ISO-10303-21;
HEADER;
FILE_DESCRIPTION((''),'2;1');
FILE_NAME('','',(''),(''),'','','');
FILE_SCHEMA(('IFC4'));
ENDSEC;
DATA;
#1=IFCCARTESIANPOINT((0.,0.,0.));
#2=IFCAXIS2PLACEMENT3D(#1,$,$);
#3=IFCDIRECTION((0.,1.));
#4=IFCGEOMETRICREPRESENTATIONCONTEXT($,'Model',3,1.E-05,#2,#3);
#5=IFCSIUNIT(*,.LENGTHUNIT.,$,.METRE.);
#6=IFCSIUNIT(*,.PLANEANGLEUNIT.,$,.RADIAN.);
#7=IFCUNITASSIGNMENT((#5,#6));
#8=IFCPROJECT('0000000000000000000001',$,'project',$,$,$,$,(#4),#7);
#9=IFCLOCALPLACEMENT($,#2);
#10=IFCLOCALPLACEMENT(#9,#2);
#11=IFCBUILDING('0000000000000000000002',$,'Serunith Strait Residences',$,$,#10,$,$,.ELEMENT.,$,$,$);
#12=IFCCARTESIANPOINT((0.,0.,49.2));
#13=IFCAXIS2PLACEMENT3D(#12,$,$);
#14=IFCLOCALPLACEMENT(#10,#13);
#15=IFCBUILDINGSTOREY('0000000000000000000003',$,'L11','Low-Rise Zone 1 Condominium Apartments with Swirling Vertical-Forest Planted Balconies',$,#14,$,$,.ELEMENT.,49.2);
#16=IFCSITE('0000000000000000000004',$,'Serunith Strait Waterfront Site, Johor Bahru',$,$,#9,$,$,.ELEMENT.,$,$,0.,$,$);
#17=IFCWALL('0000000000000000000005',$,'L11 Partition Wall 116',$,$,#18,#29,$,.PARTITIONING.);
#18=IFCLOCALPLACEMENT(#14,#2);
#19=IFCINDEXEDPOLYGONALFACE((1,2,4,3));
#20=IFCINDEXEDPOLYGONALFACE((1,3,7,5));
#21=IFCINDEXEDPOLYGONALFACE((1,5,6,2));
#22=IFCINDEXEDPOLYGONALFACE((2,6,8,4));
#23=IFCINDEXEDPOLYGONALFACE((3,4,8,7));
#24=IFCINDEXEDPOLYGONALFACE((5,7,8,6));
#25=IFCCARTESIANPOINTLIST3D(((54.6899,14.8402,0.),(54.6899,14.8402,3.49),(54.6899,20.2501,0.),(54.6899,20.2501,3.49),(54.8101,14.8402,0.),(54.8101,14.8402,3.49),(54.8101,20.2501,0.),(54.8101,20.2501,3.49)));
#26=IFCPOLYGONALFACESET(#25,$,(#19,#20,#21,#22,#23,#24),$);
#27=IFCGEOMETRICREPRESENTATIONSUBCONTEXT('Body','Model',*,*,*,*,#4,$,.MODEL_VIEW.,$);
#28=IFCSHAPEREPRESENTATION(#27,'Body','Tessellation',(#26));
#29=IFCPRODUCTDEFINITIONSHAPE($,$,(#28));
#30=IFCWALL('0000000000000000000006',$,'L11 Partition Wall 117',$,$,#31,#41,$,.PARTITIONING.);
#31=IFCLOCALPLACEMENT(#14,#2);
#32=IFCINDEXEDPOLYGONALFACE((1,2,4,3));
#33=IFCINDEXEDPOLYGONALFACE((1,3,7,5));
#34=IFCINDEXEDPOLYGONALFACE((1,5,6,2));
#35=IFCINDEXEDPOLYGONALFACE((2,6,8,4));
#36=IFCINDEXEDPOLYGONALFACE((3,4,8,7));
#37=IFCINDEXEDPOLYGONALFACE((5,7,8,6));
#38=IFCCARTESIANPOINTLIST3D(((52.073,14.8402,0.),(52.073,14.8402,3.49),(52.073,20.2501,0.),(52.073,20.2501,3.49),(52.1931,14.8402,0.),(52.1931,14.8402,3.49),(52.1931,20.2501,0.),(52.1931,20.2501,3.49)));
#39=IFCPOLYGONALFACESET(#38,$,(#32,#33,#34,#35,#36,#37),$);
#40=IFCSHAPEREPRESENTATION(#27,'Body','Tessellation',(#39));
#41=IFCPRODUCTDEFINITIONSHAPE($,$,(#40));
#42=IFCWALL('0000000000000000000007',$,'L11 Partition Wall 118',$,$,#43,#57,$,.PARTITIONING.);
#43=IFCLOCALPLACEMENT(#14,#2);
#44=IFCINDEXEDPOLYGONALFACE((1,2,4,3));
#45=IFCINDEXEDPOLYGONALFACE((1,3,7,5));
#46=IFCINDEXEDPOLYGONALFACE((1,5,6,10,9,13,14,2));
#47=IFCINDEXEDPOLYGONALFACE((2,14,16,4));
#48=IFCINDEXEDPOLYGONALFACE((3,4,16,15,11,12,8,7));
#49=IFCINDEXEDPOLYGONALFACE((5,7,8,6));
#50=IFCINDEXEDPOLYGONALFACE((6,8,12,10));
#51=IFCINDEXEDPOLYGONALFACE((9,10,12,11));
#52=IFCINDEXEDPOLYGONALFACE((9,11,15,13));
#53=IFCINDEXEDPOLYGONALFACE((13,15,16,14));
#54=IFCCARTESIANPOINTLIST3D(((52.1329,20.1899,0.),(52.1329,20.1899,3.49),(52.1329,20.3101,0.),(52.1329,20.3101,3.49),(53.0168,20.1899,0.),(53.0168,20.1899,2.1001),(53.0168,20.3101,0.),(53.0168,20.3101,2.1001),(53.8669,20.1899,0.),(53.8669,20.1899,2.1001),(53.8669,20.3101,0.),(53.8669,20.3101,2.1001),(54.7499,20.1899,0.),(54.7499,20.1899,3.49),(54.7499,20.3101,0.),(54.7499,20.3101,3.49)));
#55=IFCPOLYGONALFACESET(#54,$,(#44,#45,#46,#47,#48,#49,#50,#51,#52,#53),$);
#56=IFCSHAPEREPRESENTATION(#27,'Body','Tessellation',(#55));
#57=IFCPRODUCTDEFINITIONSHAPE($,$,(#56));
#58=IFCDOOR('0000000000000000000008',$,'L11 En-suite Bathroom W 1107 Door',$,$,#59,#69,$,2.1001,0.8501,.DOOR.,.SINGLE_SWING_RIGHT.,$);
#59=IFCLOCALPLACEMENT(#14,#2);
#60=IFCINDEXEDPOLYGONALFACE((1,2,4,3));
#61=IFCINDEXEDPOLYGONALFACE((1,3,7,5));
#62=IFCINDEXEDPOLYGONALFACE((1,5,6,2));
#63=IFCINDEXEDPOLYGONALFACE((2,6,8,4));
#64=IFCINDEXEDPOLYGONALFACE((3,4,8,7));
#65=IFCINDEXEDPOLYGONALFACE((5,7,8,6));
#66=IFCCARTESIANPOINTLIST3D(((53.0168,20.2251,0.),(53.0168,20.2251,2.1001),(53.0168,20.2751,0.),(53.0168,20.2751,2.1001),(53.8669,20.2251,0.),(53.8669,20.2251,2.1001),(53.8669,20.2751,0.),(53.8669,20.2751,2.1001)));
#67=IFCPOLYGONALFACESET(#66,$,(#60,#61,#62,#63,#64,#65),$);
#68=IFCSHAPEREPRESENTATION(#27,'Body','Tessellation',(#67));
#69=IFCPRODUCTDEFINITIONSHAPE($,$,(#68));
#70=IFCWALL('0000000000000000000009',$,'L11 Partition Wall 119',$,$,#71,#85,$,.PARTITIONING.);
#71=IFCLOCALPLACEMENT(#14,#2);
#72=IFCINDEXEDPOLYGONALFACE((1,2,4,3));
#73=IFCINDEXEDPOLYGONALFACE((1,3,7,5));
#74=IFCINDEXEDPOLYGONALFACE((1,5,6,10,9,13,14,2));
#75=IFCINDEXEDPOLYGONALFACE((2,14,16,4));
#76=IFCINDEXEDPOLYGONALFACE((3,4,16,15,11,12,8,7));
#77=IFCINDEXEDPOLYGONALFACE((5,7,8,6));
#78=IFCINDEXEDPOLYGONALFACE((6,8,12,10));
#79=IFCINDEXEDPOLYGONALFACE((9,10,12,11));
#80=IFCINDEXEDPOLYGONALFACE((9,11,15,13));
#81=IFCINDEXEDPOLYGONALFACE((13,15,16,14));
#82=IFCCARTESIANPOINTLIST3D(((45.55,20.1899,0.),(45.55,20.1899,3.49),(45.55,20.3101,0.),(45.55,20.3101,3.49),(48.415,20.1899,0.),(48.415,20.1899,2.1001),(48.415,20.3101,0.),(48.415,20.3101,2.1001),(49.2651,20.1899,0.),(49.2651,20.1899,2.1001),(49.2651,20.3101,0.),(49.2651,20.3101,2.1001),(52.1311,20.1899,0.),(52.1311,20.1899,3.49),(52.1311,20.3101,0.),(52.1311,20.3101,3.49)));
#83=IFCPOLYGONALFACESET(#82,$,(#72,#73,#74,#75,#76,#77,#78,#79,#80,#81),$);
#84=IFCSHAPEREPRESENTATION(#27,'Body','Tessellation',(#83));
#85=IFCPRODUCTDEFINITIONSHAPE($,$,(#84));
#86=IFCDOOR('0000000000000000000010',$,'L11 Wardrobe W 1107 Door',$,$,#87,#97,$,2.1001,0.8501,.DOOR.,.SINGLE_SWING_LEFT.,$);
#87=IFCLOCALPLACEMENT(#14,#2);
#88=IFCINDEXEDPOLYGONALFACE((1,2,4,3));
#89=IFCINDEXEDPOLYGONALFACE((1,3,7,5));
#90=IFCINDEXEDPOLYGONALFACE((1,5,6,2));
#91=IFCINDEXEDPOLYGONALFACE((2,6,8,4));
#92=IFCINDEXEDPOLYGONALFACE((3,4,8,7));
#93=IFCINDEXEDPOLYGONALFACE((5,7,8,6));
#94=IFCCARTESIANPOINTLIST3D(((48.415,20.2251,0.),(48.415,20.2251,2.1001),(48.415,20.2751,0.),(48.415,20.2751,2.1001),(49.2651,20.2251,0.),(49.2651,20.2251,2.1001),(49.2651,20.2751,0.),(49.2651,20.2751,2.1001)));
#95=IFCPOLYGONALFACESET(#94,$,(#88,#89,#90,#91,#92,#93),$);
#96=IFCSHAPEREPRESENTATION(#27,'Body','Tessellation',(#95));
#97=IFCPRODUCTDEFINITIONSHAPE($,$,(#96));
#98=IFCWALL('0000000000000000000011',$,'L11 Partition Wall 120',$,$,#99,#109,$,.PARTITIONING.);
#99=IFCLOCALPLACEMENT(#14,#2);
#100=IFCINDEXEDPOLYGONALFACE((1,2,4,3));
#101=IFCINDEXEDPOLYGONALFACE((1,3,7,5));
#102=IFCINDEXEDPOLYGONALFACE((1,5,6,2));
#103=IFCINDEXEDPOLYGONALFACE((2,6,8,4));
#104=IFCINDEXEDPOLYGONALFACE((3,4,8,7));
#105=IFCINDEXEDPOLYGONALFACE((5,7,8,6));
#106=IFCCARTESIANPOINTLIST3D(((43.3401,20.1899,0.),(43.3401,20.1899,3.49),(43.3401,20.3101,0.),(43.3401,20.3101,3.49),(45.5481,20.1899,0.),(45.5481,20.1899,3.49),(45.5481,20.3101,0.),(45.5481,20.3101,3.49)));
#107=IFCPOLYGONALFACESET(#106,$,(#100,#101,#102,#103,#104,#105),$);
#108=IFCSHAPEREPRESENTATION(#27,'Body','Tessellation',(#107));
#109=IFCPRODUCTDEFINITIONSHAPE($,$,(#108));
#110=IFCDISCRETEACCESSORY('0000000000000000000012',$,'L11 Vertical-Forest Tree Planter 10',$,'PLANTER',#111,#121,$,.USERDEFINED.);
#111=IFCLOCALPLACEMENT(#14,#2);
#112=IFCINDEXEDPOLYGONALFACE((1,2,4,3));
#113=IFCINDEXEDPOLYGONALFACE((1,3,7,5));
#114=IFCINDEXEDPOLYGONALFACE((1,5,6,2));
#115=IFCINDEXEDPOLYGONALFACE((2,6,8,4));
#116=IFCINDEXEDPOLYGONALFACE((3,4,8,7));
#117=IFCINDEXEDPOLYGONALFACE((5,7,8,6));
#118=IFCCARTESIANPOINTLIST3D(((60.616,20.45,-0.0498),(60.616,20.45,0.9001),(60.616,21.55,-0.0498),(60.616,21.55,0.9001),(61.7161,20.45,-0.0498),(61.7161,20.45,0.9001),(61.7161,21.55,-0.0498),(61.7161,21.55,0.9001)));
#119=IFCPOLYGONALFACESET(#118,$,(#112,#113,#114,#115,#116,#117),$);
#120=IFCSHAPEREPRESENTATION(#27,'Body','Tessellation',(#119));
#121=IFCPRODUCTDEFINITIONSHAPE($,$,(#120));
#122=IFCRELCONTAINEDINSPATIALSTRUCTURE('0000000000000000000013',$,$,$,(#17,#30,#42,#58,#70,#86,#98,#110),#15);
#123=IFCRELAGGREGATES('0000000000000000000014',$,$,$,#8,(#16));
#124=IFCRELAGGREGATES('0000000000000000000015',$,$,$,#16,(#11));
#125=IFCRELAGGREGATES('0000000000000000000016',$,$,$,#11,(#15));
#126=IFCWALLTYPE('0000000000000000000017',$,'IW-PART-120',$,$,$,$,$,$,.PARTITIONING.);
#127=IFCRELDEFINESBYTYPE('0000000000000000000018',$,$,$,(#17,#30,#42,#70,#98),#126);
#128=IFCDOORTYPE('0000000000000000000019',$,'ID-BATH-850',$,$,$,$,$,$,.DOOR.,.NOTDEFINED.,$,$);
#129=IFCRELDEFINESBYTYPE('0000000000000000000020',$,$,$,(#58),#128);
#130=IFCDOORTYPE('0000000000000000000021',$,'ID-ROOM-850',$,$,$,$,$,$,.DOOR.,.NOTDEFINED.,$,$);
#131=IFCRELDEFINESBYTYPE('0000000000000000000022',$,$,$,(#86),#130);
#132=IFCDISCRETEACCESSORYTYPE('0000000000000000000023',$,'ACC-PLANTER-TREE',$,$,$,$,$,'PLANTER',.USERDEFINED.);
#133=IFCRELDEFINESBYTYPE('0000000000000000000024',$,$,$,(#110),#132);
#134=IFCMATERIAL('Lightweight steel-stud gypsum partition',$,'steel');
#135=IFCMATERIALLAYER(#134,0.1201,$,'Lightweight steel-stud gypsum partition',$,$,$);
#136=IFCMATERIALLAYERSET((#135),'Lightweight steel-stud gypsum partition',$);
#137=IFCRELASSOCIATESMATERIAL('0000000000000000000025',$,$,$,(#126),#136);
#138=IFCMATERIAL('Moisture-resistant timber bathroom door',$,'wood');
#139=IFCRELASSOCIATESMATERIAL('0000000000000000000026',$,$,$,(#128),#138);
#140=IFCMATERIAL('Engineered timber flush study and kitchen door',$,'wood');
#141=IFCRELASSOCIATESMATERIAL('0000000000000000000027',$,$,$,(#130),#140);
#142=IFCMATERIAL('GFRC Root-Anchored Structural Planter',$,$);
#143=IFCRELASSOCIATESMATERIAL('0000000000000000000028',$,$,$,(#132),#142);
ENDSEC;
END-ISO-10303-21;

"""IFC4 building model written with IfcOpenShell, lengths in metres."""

from ifc_helpers import new_model, si_unit, direction, frame, frame_2d, origin, origin_2d, place, context, subcontext, project, spatial, rectangle, extrude, source, transform, mapped, material, layer, layer_set, type_object, element, fill, save


model = new_model("IFC4")

# Units and contexts
model_context = context("Model", 3, precision=1e-05, world=origin(), true_north=direction((0.0, 1.0)))
body_context = subcontext(model_context, "Body", "Model", "MODEL_VIEW")
ifc_project = project(units=[si_unit("LENGTHUNIT", "METRE"), si_unit("PLANEANGLEUNIT", "RADIAN")], contexts=[model_context])

# Site, building, storey
site_placement = place(None, origin())
site = spatial("IfcSite", under=ifc_project, at=site_placement, Name="Serunith Strait Waterfront Site, Johor Bahru", CompositionType="ELEMENT", RefElevation=0.0)
building_placement = place(site_placement, origin())
building = spatial("IfcBuilding", under=site, at=building_placement, Name="Serunith Strait Residences", CompositionType="ELEMENT")
storey_placement = place(building_placement, frame((0.0, 0.0, 49.2)))
storey = spatial("IfcBuildingStorey", under=building, at=storey_placement, Name="L11", Description="Low-Rise Zone 1 Condominium Apartments with Swirling Vertical-Forest Planted Balconies", CompositionType="ELEMENT", Elevation=49.2)

# Shared definitions
ifc_material_1 = material(Name="Lightweight steel-stud gypsum partition", Category="steel")
ifc_layer_1 = layer(ifc_material_1, 0.1201, Name="Lightweight steel-stud gypsum partition")
ifc_layer_set_1 = layer_set([ifc_layer_1], Name="Lightweight steel-stud gypsum partition")
wall_type_1 = type_object("IfcWallType", Name="IW-PART-120", PredefinedType="PARTITIONING", material=ifc_layer_set_1)

# Shared definitions
ifc_material_2 = material(Name="Moisture-resistant timber bathroom door", Category="wood")
door_type_1 = type_object("IfcDoorType", Name="ID-BATH-850", OperationType="NOTDEFINED", PredefinedType="DOOR", material=ifc_material_2)
shared_shape_1 = source(origin(), body_context, "Body", "SweptSolid", [
    extrude(rectangle(XDim=0.8501, YDim=2.1001, at=frame_2d((0.425, 1.05))), frame((0.0, 0.0249, 0.0), z_axis=(0.0, -1.0, 0.0), x_axis=(1.0, 0.0, 0.0)), (0.0, 0.0, 1.0), 0.05),
])

# Walls
for number, where, z_axis, x_axis, name in (
    (1, (54.75, 14.8401, 0.0), (0.0, 0.0, 1.0), (0.0, 1.0, 0.0), "L11 Partition Wall 116"),
    (2, (52.1331, 14.8401, 0.0), (0.0, 0.0, 1.0), (0.0, 1.0, 0.0), "L11 Partition Wall 117"),
):
    element("IfcWall", number, at=place(storey_placement, frame(where, z_axis=z_axis, x_axis=x_axis)), inside=storey, type_object=wall_type_1, Name=name, PredefinedType="PARTITIONING", context=body_context, shape_type="SweptSolid", body=[
        extrude(rectangle(XDim=5.4099, YDim=0.1201, at=frame_2d((2.7051, 0.0))), origin(), (0.0, 0.0, 1.0), 3.49),
    ])

# Walls, openings, doors
wall_1_placement = place(storey_placement, frame((54.75, 20.25, 0.0), z_axis=(0.0, 0.0, 1.0), x_axis=(-1.0, 0.0, 0.0)))
wall_1 = element("IfcWall", 3, at=wall_1_placement, inside=storey, type_object=wall_type_1, Name="L11 Partition Wall 118", PredefinedType="PARTITIONING", context=body_context, shape_type="SweptSolid", body=[
    extrude(rectangle(XDim=2.6169, YDim=0.1201, at=frame_2d((1.3086, 0.0))), origin(), (0.0, 0.0, 1.0), 3.49),
])
opening_1_placement = place(wall_1_placement, frame((0.8831, 0.0, 0.0)))
opening_1 = element("IfcOpeningElement", 4, at=opening_1_placement, cuts=wall_1, PredefinedType="OPENING", context=body_context, shape_type="SweptSolid", body=[
    extrude(rectangle(XDim=0.8501, YDim=2.1001, at=frame_2d((0.425, 1.05))), frame((0.0, 0.0701, 0.0), z_axis=(0.0, -1.0, 0.0), x_axis=(1.0, 0.0, 0.0)), (0.0, 0.0, 1.0), 0.1401),
])
door_1_placement = place(opening_1_placement, origin())
door_1 = element("IfcDoor", 5, at=door_1_placement, inside=storey, type_object=door_type_1, Name="L11 En-suite Bathroom W 1107 Door", OperationType="SINGLE_SWING_RIGHT", OverallHeight=2.1001, OverallWidth=0.8501, PredefinedType="DOOR", context=body_context, shape_type="MappedRepresentation", body=[
    mapped(shared_shape_1, transform((0.0, 0.0, 0.0), scale=1.0)),
])
fill(opening_1, door_1)
wall_2_placement = place(storey_placement, frame((52.1311, 20.25, 0.0), z_axis=(0.0, 0.0, 1.0), x_axis=(-1.0, 0.0, 0.0)))
wall_2 = element("IfcWall", 6, at=wall_2_placement, inside=storey, type_object=wall_type_1, Name="L11 Partition Wall 119", PredefinedType="PARTITIONING", context=body_context, shape_type="SweptSolid", body=[
    extrude(rectangle(XDim=6.5811, YDim=0.1201, at=frame_2d((3.2905, 0.0))), origin(), (0.0, 0.0, 1.0), 3.49),
])
opening_2_placement = place(wall_2_placement, frame((2.866, 0.0, 0.0)))
opening_2 = element("IfcOpeningElement", 7, at=opening_2_placement, cuts=wall_2, PredefinedType="OPENING", context=body_context, shape_type="SweptSolid", body=[
    extrude(rectangle(XDim=0.8501, YDim=2.1001, at=frame_2d((0.425, 1.05))), frame((0.0, 0.0701, 0.0), z_axis=(0.0, -1.0, 0.0), x_axis=(1.0, 0.0, 0.0)), (0.0, 0.0, 1.0), 0.1401),
])
ifc_material_3 = material(Name="Engineered timber flush study and kitchen door", Category="wood")
door_type_2 = type_object("IfcDoorType", Name="ID-ROOM-850", OperationType="NOTDEFINED", PredefinedType="DOOR", material=ifc_material_3)
door_2_placement = place(opening_2_placement, origin())
door_2 = element("IfcDoor", 8, at=door_2_placement, inside=storey, type_object=door_type_2, Name="L11 Wardrobe W 1107 Door", OperationType="SINGLE_SWING_LEFT", OverallHeight=2.1001, OverallWidth=0.8501, PredefinedType="DOOR", context=body_context, shape_type="MappedRepresentation", body=[
    mapped(shared_shape_1, transform((0.0, 0.0, 0.0), scale=1.0)),
])
fill(opening_2, door_2)

# Wall
wall_3_placement = place(storey_placement, frame((45.5481, 20.25, 0.0), z_axis=(0.0, 0.0, 1.0), x_axis=(-1.0, 0.0, 0.0)))
element("IfcWall", 9, at=wall_3_placement, inside=storey, type_object=wall_type_1, Name="L11 Partition Wall 120", PredefinedType="PARTITIONING", context=body_context, shape_type="SweptSolid", body=[
    extrude(rectangle(XDim=2.208, YDim=0.1201, at=frame_2d((1.104, 0.0))), origin(), (0.0, 0.0, 1.0), 3.49),
])

# Discrete accessory
ifc_material_4 = material(Name="GFRC Root-Anchored Structural Planter")
discrete_accessory_type = type_object("IfcDiscreteAccessoryType", Name="ACC-PLANTER-TREE", ElementType="PLANTER", PredefinedType="USERDEFINED", material=ifc_material_4)
shared_shape_2 = source(origin(), body_context, "Body", "SweptSolid", [
    extrude(rectangle(XDim=1.1001, YDim=1.1001, at=origin_2d()), origin(), (0.0, 0.0, 1.0), 0.95),
])
discrete_accessory_placement = place(storey_placement, frame((61.166, 21.0, -0.0498), z_axis=(0.0, 0.0, 1.0), x_axis=(0.0, 1.0, 0.0)))
element("IfcDiscreteAccessory", 10, at=discrete_accessory_placement, inside=storey, type_object=discrete_accessory_type, Name="L11 Vertical-Forest Tree Planter 10", ObjectType="PLANTER", PredefinedType="USERDEFINED", context=body_context, shape_type="MappedRepresentation", body=[
    mapped(shared_shape_2, transform((0.0, 0.0, 0.0), scale=1.0)),
])

save(model, "model.ifc")
